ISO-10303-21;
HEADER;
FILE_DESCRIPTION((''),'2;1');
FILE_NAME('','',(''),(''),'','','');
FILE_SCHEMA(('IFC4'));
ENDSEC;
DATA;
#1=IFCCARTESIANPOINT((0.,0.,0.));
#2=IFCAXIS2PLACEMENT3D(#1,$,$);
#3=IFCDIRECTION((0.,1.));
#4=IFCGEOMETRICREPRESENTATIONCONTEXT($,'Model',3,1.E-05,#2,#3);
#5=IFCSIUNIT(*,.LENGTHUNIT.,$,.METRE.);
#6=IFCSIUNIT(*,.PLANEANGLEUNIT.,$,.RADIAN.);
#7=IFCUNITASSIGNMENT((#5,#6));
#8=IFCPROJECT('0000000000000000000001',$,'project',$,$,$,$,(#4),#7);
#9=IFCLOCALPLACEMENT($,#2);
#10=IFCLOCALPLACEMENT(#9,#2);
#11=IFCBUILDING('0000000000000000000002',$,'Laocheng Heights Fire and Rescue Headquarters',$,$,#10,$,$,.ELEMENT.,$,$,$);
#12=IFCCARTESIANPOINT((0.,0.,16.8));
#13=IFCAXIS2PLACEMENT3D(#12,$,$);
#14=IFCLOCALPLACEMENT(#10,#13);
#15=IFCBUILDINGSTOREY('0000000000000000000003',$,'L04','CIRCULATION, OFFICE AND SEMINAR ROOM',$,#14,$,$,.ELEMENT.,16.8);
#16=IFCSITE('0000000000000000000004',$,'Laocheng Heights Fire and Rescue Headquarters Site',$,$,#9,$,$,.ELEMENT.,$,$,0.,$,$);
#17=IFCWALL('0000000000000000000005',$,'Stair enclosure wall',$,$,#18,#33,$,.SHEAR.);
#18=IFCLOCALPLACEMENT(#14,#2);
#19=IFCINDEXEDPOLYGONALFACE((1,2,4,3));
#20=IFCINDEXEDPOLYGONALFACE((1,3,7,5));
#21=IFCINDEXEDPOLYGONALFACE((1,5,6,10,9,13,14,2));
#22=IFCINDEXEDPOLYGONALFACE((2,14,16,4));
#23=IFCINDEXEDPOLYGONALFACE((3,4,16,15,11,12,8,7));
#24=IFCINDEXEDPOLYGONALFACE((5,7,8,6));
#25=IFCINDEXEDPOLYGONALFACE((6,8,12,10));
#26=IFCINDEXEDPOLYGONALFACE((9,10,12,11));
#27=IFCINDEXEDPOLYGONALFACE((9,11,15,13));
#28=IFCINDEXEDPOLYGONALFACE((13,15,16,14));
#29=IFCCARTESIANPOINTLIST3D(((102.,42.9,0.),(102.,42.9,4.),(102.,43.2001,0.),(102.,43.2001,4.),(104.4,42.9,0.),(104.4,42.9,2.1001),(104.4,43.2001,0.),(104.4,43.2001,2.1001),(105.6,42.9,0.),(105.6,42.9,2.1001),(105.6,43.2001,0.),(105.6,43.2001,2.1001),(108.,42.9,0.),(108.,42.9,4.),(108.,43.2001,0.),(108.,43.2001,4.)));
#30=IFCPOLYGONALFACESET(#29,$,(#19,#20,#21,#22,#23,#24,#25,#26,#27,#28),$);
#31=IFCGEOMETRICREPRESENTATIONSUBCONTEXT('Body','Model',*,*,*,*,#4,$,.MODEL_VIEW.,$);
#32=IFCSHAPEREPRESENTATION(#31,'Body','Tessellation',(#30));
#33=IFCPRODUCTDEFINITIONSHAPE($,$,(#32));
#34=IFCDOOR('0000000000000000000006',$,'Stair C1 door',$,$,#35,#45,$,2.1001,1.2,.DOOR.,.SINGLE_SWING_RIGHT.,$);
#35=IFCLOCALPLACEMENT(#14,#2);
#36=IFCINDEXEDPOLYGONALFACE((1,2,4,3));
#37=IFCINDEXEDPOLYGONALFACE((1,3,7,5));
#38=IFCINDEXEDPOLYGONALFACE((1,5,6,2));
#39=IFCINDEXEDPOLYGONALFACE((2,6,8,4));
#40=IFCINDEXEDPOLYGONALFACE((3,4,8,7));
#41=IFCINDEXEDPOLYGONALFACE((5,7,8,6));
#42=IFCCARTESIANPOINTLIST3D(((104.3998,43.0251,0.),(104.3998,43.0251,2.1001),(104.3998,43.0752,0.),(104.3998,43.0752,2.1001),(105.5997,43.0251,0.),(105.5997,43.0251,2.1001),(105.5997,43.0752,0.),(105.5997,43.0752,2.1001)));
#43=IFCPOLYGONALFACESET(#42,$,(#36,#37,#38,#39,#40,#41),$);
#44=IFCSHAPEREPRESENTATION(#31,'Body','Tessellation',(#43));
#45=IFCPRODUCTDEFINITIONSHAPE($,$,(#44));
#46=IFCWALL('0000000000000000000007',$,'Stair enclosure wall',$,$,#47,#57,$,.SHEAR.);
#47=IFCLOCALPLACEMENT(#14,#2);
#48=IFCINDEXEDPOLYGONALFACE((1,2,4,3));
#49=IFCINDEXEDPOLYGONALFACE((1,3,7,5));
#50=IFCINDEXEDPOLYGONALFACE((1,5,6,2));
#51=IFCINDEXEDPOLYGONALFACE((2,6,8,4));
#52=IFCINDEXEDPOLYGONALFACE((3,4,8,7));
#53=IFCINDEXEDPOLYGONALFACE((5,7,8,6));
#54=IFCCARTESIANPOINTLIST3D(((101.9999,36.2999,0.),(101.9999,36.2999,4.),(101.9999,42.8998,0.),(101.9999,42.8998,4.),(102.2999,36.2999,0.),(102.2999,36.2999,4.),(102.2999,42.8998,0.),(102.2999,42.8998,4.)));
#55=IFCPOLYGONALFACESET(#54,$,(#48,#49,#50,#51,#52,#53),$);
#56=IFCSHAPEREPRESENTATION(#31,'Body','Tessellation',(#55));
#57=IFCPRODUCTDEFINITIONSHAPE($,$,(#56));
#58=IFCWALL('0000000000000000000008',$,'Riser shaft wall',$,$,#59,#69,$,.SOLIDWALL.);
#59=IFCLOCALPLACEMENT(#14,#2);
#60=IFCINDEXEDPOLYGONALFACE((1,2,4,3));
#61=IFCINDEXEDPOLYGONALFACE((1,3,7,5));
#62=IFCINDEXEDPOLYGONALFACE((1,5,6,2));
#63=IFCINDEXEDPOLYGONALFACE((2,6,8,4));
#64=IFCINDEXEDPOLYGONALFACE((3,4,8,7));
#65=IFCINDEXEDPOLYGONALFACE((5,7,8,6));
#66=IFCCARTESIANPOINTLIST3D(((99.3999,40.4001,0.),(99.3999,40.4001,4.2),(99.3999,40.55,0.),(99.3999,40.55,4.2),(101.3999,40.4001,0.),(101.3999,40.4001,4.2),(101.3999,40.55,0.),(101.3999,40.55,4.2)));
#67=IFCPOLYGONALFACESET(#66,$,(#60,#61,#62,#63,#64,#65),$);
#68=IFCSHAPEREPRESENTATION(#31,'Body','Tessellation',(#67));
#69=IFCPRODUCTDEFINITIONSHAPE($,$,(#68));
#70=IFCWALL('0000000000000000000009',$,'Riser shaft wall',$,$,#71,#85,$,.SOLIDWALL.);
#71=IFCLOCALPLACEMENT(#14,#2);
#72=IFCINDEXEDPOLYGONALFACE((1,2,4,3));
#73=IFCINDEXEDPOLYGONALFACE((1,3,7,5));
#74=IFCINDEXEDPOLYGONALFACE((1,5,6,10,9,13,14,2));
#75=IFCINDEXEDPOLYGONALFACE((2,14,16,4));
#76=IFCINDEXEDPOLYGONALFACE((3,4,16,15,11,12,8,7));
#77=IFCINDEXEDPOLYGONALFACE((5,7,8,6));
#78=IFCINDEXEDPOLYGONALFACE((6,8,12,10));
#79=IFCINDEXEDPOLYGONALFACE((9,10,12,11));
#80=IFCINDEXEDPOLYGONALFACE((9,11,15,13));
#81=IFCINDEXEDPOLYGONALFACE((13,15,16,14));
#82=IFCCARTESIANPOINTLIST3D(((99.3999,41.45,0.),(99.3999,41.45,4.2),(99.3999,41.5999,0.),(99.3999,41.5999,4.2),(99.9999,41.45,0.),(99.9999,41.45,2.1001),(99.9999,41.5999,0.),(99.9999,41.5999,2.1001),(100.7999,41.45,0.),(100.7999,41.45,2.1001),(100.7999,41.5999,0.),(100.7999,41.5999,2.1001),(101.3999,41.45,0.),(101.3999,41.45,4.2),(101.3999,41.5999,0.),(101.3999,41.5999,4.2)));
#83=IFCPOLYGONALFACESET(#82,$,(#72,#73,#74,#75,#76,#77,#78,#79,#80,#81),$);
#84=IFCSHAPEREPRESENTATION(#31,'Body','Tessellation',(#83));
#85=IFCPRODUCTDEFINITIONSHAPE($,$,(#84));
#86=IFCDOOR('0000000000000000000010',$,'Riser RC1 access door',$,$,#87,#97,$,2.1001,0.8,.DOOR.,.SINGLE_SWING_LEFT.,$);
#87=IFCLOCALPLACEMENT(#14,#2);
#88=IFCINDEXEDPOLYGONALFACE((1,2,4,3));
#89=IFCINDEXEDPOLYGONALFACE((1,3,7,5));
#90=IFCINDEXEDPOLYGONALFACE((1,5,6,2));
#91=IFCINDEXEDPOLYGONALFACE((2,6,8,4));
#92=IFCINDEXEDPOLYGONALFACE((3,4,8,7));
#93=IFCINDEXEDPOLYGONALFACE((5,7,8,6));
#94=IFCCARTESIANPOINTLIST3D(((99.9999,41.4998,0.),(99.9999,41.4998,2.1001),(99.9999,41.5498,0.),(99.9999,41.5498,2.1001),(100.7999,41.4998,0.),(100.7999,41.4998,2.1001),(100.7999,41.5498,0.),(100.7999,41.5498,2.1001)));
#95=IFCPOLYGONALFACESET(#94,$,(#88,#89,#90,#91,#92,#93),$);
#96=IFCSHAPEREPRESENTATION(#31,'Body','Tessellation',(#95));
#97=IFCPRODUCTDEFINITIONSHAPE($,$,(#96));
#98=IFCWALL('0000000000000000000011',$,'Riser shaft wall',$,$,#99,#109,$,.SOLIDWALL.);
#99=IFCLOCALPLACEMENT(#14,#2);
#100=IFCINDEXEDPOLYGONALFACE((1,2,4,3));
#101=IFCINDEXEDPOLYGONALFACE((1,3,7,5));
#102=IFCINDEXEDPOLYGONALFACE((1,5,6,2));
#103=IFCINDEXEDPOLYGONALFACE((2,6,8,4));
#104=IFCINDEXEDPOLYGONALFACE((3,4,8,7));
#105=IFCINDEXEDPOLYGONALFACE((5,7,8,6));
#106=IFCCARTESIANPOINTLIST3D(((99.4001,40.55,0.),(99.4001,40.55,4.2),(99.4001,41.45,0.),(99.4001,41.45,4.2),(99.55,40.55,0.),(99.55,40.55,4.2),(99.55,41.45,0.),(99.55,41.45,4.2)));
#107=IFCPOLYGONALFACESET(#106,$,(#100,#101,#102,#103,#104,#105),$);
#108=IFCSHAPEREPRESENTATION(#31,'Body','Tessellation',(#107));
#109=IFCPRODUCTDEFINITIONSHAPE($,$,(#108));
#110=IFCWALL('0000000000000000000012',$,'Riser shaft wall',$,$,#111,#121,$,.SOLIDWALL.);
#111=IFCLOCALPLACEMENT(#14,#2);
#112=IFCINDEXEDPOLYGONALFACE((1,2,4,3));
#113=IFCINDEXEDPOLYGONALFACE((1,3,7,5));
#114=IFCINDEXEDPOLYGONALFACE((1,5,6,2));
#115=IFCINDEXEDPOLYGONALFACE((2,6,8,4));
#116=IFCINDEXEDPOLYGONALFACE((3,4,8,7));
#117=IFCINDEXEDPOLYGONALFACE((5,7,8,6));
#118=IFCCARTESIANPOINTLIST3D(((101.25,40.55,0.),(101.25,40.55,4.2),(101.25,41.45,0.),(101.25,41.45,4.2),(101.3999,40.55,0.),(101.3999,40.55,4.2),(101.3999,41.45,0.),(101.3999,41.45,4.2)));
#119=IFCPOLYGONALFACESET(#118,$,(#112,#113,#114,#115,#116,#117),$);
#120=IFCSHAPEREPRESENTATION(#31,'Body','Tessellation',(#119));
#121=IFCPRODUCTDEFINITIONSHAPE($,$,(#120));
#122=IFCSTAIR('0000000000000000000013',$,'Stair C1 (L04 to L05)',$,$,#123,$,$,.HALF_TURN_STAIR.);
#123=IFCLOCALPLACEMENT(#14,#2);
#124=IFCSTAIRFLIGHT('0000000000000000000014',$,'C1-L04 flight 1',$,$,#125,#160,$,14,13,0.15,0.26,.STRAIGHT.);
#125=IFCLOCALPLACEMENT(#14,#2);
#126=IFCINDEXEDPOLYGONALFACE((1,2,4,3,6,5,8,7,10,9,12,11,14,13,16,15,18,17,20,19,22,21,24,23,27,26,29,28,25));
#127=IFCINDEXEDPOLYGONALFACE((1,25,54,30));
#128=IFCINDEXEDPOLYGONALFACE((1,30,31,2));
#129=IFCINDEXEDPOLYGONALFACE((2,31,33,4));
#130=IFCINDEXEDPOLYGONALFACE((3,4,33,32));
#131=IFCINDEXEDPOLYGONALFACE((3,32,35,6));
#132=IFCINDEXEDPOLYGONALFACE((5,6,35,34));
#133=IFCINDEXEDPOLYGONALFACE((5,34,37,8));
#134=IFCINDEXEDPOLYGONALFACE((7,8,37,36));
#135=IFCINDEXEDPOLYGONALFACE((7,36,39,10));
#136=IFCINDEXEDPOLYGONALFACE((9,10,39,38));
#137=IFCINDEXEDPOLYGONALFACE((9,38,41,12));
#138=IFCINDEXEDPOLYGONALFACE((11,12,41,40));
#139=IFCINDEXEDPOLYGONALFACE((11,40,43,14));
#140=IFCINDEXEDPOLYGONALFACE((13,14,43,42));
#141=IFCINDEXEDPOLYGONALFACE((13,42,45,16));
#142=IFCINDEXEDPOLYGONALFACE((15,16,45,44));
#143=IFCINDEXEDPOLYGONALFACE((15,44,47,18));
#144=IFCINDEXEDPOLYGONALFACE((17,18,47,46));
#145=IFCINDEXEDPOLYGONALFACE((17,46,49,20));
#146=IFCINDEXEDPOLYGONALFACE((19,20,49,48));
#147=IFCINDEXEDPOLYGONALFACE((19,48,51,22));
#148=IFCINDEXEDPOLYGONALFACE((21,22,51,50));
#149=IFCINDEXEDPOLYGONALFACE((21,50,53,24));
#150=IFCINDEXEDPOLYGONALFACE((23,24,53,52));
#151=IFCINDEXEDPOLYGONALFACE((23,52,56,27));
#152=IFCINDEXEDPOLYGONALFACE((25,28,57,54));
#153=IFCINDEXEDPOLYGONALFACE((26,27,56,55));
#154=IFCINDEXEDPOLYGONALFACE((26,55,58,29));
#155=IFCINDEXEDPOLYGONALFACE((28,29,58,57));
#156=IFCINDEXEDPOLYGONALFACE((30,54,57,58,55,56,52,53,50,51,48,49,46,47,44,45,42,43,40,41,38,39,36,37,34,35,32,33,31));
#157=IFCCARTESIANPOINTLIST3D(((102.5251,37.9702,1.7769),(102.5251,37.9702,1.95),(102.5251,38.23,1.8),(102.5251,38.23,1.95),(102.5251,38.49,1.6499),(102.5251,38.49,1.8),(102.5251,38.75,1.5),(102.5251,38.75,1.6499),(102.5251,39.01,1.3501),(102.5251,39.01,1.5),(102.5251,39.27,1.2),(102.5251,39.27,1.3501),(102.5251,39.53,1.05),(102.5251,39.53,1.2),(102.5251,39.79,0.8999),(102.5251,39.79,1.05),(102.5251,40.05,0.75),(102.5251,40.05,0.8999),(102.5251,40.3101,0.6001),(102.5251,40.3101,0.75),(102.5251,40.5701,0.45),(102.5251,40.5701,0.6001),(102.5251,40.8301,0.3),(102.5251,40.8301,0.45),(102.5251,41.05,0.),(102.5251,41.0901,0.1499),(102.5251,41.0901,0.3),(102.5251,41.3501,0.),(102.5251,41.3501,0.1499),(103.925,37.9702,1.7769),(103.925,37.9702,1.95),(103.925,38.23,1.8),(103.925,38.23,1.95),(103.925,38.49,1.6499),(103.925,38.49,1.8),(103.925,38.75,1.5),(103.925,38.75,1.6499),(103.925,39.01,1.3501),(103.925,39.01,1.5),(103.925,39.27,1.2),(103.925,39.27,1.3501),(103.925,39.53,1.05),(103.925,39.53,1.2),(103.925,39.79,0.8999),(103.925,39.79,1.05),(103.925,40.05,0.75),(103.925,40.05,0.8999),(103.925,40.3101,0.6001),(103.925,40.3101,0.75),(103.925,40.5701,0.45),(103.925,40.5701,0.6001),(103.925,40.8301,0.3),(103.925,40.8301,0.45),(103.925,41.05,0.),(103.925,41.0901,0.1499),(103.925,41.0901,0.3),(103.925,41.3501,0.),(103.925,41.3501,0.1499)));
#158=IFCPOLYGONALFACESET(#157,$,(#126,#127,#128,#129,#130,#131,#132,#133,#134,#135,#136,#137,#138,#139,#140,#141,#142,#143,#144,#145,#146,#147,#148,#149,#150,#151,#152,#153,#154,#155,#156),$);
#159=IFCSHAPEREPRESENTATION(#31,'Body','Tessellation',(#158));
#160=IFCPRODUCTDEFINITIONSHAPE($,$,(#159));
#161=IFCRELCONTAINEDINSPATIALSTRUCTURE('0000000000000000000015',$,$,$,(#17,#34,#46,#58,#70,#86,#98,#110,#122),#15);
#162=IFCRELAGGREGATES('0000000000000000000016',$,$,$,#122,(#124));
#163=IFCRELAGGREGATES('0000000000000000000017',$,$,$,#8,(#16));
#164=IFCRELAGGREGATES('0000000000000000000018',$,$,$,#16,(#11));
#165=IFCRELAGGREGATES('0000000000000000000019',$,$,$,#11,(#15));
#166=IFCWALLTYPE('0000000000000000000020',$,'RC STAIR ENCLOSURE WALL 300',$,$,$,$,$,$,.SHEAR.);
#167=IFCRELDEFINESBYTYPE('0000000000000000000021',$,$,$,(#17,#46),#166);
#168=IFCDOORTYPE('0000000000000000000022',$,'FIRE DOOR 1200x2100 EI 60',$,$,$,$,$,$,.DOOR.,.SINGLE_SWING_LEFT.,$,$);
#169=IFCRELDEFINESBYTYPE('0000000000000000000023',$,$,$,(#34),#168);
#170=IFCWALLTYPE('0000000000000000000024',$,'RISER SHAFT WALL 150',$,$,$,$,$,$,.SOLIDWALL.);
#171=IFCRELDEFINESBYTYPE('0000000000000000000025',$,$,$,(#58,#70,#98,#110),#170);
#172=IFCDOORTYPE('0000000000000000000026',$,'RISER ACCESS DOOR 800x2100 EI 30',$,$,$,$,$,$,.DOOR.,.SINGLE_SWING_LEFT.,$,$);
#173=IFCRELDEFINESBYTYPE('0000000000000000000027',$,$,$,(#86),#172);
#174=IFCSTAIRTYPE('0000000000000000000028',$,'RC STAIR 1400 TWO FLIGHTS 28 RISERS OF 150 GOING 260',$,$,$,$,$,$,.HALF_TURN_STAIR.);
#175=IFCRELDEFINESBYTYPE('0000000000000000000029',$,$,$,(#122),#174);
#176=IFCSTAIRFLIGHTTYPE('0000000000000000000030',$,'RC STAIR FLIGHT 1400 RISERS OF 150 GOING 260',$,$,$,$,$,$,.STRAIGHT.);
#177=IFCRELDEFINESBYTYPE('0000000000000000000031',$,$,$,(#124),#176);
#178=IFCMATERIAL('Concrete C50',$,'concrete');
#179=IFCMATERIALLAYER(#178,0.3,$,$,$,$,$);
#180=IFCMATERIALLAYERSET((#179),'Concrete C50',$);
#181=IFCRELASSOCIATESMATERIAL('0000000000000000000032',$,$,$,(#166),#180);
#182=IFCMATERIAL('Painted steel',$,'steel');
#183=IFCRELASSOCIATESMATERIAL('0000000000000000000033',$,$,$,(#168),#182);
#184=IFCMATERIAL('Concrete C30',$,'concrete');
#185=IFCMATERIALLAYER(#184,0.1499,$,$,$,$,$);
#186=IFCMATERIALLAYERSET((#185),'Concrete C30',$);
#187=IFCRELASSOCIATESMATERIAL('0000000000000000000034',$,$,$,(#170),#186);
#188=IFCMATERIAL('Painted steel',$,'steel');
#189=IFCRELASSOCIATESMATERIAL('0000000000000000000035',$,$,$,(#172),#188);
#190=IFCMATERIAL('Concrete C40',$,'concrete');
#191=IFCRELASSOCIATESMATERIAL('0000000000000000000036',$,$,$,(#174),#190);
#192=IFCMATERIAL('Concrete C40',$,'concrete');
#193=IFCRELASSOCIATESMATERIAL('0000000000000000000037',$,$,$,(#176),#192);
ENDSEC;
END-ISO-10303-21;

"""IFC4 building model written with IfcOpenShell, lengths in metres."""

from ifc_helpers import new_model, si_unit, direction, frame, frame_2d, origin, place, context, subcontext, project, spatial, polyline, rectangle, outline, extrude, material, layer, layer_set, type_object, element, fill, aggregate, save


model = new_model("IFC4")

# Units and contexts
model_context = context("Model", 3, precision=1e-05, world=origin(), true_north=direction((0.0, 1.0)))
body_context = subcontext(model_context, "Body", "Model", "MODEL_VIEW")
ifc_project = project(units=[si_unit("LENGTHUNIT", "METRE"), si_unit("PLANEANGLEUNIT", "RADIAN")], contexts=[model_context])

# Site, building, storey
site_placement = place(None, origin())
site = spatial("IfcSite", under=ifc_project, at=site_placement, Name="Laocheng Heights Fire and Rescue Headquarters Site", CompositionType="ELEMENT", RefElevation=0.0)
building_placement = place(site_placement, origin())
building = spatial("IfcBuilding", under=site, at=building_placement, Name="Laocheng Heights Fire and Rescue Headquarters", CompositionType="ELEMENT")
storey_placement = place(building_placement, frame((0.0, 0.0, 16.8)))
storey = spatial("IfcBuildingStorey", under=building, at=storey_placement, Name="L04", Description="CIRCULATION, OFFICE AND SEMINAR ROOM", CompositionType="ELEMENT", Elevation=16.8)

# Shared definitions
ifc_material_1 = material(Name="Concrete C50", Category="concrete")
ifc_layer_1 = layer(ifc_material_1, 0.3)
ifc_layer_set_1 = layer_set([ifc_layer_1], Name="Concrete C50")
wall_type_1 = type_object("IfcWallType", Name="RC STAIR ENCLOSURE WALL 300", PredefinedType="SHEAR", material=ifc_layer_set_1)

# Wall, opening, door
wall_1_placement = place(storey_placement, frame((102.0, 43.05, 0.0), z_axis=(0.0, 0.0, 1.0), x_axis=(1.0, 0.0, 0.0)))
wall_1 = element("IfcWall", 1, at=wall_1_placement, inside=storey, type_object=wall_type_1, Name="Stair enclosure wall", PredefinedType="SHEAR", context=body_context, shape_type="SweptSolid", body=[
    extrude(rectangle(XDim=6.0, YDim=0.3, at=frame_2d((3.0, 0.0))), origin(), (0.0, 0.0, 1.0), 4.0),
])
opening_1_placement = place(wall_1_placement, frame((2.3999, 0.0, 0.0)))
opening_1 = element("IfcOpeningElement", 2, at=opening_1_placement, cuts=wall_1, PredefinedType="OPENING", context=body_context, shape_type="SweptSolid", body=[
    extrude(rectangle(XDim=1.2, YDim=2.1001, at=frame_2d((0.6001, 1.05))), frame((0.0, 0.1599, 0.0), z_axis=(0.0, -1.0, 0.0), x_axis=(1.0, 0.0, 0.0)), (0.0, 0.0, 1.0), 0.3201),
])
ifc_material_2 = material(Name="Painted steel", Category="steel")
door_type_1 = type_object("IfcDoorType", Name="FIRE DOOR 1200x2100 EI 60", OperationType="SINGLE_SWING_LEFT", PredefinedType="DOOR", material=ifc_material_2)
door_1_placement = place(opening_1_placement, frame((1.2, 0.0, 0.0), z_axis=(0.0, 0.0, 1.0), x_axis=(-1.0, 0.0, 0.0)))
door_1 = element("IfcDoor", 3, at=door_1_placement, inside=storey, type_object=door_type_1, Name="Stair C1 door", OperationType="SINGLE_SWING_RIGHT", OverallHeight=2.1001, OverallWidth=1.2, PredefinedType="DOOR", context=body_context, shape_type="SweptSolid", body=[
    extrude(rectangle(XDim=1.2, YDim=2.1001, at=frame_2d((0.6001, 1.05))), frame((0.0, 0.0249, 0.0), z_axis=(0.0, -1.0, 0.0), x_axis=(1.0, 0.0, 0.0)), (0.0, 0.0, 1.0), 0.05),
])
fill(opening_1, door_1)

# Walls
wall_2_placement = place(storey_placement, frame((102.1499, 36.3, 0.0), z_axis=(0.0, 0.0, 1.0), x_axis=(0.0, 1.0, 0.0)))
element("IfcWall", 4, at=wall_2_placement, inside=storey, type_object=wall_type_1, Name="Stair enclosure wall", PredefinedType="SHEAR", context=body_context, shape_type="SweptSolid", body=[
    extrude(rectangle(XDim=6.5999, YDim=0.3, at=frame_2d((3.2998, 0.0))), origin(), (0.0, 0.0, 1.0), 4.0),
])
ifc_material_3 = material(Name="Concrete C30", Category="concrete")
ifc_layer_2 = layer(ifc_material_3, 0.1499)
ifc_layer_set_2 = layer_set([ifc_layer_2], Name="Concrete C30")
wall_type_2 = type_object("IfcWallType", Name="RISER SHAFT WALL 150", PredefinedType="SOLIDWALL", material=ifc_layer_set_2)
wall_3_placement = place(storey_placement, frame((99.3999, 40.4751, 0.0), z_axis=(0.0, 0.0, 1.0), x_axis=(1.0, 0.0, 0.0)))
element("IfcWall", 5, at=wall_3_placement, inside=storey, type_object=wall_type_2, Name="Riser shaft wall", PredefinedType="SOLIDWALL", context=body_context, shape_type="SweptSolid", body=[
    extrude(rectangle(XDim=2.0, YDim=0.1499, at=frame_2d((1.0, 0.0))), origin(), (0.0, 0.0, 1.0), 4.2),
])

# Wall, opening, door
wall_4_placement = place(storey_placement, frame((99.3999, 41.5249, 0.0), z_axis=(0.0, 0.0, 1.0), x_axis=(1.0, 0.0, 0.0)))
wall_4 = element("IfcWall", 6, at=wall_4_placement, inside=storey, type_object=wall_type_2, Name="Riser shaft wall", PredefinedType="SOLIDWALL", context=body_context, shape_type="SweptSolid", body=[
    extrude(rectangle(XDim=2.0, YDim=0.1499, at=frame_2d((1.0, 0.0))), origin(), (0.0, 0.0, 1.0), 4.2),
])
opening_2_placement = place(wall_4_placement, frame((0.6001, 0.0, 0.0)))
opening_2 = element("IfcOpeningElement", 7, at=opening_2_placement, cuts=wall_4, PredefinedType="OPENING", context=body_context, shape_type="SweptSolid", body=[
    extrude(rectangle(XDim=0.8, YDim=2.1001, at=frame_2d((0.3999, 1.05))), frame((0.0, 0.085, 0.0), z_axis=(0.0, -1.0, 0.0), x_axis=(1.0, 0.0, 0.0)), (0.0, 0.0, 1.0), 0.1699),
])
ifc_material_4 = material(Name="Painted steel", Category="steel")
door_type_2 = type_object("IfcDoorType", Name="RISER ACCESS DOOR 800x2100 EI 30", OperationType="SINGLE_SWING_LEFT", PredefinedType="DOOR", material=ifc_material_4)
door_2_placement = place(opening_2_placement, origin())
door_2 = element("IfcDoor", 8, at=door_2_placement, inside=storey, type_object=door_type_2, Name="Riser RC1 access door", OperationType="SINGLE_SWING_LEFT", OverallHeight=2.1001, OverallWidth=0.8, PredefinedType="DOOR", context=body_context, shape_type="SweptSolid", body=[
    extrude(rectangle(XDim=0.8, YDim=2.1001, at=frame_2d((0.3999, 1.05))), frame((0.0, 0.0249, 0.0), z_axis=(0.0, -1.0, 0.0), x_axis=(1.0, 0.0, 0.0)), (0.0, 0.0, 1.0), 0.05),
])
fill(opening_2, door_2)

# Walls
for number, where, z_axis, x_axis, name in (
    (9, (99.4751, 40.55, 0.0), (0.0, 0.0, 1.0), (0.0, 1.0, 0.0), "Riser shaft wall"),
    (10, (101.325, 40.55, 0.0), (0.0, 0.0, 1.0), (0.0, 1.0, 0.0), "Riser shaft wall"),
):
    element("IfcWall", number, at=place(storey_placement, frame(where, z_axis=z_axis, x_axis=x_axis)), inside=storey, type_object=wall_type_2, Name=name, PredefinedType="SOLIDWALL", context=body_context, shape_type="SweptSolid", body=[
        extrude(rectangle(XDim=0.8999, YDim=0.1499, at=frame_2d((0.45, 0.0))), origin(), (0.0, 0.0, 1.0), 4.2),
    ])

# Stair, stair flight
ifc_material_5 = material(Name="Concrete C40", Category="concrete")
stair_type = type_object("IfcStairType", Name="RC STAIR 1400 TWO FLIGHTS 28 RISERS OF 150 GOING 260", PredefinedType="HALF_TURN_STAIR", material=ifc_material_5)
stair_placement = place(storey_placement, origin())
stair = element("IfcStair", 11, at=stair_placement, inside=storey, type_object=stair_type, Name="Stair C1 (L04 to L05)", PredefinedType="HALF_TURN_STAIR")
ifc_material_6 = material(Name="Concrete C40", Category="concrete")
stair_flight_type = type_object("IfcStairFlightType", Name="RC STAIR FLIGHT 1400 RISERS OF 150 GOING 260", PredefinedType="STRAIGHT", material=ifc_material_6)
stair_flight_placement = place(storey_placement, frame((103.2251, 41.3501, 0.0), z_axis=(0.0, 0.0, 1.0), x_axis=(0.0, -1.0, 0.0)))
stair_flight = element("IfcStairFlight", 12, at=stair_flight_placement, type_object=stair_flight_type, Name="C1-L04 flight 1", NumberOfRisers=14, NumberOfTreads=13, PredefinedType="STRAIGHT", RiserHeight=0.15, TreadLength=0.26, context=body_context, shape_type="SweptSolid", body=[
    extrude(outline(polyline([(0.0, 0.0), (0.0, 0.1499), (0.26, 0.1499), (0.26, 0.3), (0.52, 0.3), (0.52, 0.45), (0.78, 0.45), (0.78, 0.6001), (1.04, 0.6001), (1.04, 0.75), (1.3, 0.75), (1.3, 0.8999), (1.5601, 0.8999), (1.5601, 1.05), (1.8201, 1.05), (1.8201, 1.2), (2.0801, 1.2), (2.0801, 1.3501), (2.3401, 1.3501), (2.3401, 1.5), (2.6001, 1.5), (2.6001, 1.6499), (2.8601, 1.6499), (2.8601, 1.8), (3.1201, 1.8), (3.1201, 1.95), (3.3799, 1.95), (3.3799, 2.1001), (3.3799, 1.7769), (0.3, 0.0), (0.0, 0.0)])), frame((0.0, 0.7, 0.0), z_axis=(0.0, -1.0, 0.0), x_axis=(1.0, 0.0, 0.0)), (0.0, 0.0, 1.0), 1.3999),
])
aggregate(stair, [stair_flight])

save(model, "model.ifc")
